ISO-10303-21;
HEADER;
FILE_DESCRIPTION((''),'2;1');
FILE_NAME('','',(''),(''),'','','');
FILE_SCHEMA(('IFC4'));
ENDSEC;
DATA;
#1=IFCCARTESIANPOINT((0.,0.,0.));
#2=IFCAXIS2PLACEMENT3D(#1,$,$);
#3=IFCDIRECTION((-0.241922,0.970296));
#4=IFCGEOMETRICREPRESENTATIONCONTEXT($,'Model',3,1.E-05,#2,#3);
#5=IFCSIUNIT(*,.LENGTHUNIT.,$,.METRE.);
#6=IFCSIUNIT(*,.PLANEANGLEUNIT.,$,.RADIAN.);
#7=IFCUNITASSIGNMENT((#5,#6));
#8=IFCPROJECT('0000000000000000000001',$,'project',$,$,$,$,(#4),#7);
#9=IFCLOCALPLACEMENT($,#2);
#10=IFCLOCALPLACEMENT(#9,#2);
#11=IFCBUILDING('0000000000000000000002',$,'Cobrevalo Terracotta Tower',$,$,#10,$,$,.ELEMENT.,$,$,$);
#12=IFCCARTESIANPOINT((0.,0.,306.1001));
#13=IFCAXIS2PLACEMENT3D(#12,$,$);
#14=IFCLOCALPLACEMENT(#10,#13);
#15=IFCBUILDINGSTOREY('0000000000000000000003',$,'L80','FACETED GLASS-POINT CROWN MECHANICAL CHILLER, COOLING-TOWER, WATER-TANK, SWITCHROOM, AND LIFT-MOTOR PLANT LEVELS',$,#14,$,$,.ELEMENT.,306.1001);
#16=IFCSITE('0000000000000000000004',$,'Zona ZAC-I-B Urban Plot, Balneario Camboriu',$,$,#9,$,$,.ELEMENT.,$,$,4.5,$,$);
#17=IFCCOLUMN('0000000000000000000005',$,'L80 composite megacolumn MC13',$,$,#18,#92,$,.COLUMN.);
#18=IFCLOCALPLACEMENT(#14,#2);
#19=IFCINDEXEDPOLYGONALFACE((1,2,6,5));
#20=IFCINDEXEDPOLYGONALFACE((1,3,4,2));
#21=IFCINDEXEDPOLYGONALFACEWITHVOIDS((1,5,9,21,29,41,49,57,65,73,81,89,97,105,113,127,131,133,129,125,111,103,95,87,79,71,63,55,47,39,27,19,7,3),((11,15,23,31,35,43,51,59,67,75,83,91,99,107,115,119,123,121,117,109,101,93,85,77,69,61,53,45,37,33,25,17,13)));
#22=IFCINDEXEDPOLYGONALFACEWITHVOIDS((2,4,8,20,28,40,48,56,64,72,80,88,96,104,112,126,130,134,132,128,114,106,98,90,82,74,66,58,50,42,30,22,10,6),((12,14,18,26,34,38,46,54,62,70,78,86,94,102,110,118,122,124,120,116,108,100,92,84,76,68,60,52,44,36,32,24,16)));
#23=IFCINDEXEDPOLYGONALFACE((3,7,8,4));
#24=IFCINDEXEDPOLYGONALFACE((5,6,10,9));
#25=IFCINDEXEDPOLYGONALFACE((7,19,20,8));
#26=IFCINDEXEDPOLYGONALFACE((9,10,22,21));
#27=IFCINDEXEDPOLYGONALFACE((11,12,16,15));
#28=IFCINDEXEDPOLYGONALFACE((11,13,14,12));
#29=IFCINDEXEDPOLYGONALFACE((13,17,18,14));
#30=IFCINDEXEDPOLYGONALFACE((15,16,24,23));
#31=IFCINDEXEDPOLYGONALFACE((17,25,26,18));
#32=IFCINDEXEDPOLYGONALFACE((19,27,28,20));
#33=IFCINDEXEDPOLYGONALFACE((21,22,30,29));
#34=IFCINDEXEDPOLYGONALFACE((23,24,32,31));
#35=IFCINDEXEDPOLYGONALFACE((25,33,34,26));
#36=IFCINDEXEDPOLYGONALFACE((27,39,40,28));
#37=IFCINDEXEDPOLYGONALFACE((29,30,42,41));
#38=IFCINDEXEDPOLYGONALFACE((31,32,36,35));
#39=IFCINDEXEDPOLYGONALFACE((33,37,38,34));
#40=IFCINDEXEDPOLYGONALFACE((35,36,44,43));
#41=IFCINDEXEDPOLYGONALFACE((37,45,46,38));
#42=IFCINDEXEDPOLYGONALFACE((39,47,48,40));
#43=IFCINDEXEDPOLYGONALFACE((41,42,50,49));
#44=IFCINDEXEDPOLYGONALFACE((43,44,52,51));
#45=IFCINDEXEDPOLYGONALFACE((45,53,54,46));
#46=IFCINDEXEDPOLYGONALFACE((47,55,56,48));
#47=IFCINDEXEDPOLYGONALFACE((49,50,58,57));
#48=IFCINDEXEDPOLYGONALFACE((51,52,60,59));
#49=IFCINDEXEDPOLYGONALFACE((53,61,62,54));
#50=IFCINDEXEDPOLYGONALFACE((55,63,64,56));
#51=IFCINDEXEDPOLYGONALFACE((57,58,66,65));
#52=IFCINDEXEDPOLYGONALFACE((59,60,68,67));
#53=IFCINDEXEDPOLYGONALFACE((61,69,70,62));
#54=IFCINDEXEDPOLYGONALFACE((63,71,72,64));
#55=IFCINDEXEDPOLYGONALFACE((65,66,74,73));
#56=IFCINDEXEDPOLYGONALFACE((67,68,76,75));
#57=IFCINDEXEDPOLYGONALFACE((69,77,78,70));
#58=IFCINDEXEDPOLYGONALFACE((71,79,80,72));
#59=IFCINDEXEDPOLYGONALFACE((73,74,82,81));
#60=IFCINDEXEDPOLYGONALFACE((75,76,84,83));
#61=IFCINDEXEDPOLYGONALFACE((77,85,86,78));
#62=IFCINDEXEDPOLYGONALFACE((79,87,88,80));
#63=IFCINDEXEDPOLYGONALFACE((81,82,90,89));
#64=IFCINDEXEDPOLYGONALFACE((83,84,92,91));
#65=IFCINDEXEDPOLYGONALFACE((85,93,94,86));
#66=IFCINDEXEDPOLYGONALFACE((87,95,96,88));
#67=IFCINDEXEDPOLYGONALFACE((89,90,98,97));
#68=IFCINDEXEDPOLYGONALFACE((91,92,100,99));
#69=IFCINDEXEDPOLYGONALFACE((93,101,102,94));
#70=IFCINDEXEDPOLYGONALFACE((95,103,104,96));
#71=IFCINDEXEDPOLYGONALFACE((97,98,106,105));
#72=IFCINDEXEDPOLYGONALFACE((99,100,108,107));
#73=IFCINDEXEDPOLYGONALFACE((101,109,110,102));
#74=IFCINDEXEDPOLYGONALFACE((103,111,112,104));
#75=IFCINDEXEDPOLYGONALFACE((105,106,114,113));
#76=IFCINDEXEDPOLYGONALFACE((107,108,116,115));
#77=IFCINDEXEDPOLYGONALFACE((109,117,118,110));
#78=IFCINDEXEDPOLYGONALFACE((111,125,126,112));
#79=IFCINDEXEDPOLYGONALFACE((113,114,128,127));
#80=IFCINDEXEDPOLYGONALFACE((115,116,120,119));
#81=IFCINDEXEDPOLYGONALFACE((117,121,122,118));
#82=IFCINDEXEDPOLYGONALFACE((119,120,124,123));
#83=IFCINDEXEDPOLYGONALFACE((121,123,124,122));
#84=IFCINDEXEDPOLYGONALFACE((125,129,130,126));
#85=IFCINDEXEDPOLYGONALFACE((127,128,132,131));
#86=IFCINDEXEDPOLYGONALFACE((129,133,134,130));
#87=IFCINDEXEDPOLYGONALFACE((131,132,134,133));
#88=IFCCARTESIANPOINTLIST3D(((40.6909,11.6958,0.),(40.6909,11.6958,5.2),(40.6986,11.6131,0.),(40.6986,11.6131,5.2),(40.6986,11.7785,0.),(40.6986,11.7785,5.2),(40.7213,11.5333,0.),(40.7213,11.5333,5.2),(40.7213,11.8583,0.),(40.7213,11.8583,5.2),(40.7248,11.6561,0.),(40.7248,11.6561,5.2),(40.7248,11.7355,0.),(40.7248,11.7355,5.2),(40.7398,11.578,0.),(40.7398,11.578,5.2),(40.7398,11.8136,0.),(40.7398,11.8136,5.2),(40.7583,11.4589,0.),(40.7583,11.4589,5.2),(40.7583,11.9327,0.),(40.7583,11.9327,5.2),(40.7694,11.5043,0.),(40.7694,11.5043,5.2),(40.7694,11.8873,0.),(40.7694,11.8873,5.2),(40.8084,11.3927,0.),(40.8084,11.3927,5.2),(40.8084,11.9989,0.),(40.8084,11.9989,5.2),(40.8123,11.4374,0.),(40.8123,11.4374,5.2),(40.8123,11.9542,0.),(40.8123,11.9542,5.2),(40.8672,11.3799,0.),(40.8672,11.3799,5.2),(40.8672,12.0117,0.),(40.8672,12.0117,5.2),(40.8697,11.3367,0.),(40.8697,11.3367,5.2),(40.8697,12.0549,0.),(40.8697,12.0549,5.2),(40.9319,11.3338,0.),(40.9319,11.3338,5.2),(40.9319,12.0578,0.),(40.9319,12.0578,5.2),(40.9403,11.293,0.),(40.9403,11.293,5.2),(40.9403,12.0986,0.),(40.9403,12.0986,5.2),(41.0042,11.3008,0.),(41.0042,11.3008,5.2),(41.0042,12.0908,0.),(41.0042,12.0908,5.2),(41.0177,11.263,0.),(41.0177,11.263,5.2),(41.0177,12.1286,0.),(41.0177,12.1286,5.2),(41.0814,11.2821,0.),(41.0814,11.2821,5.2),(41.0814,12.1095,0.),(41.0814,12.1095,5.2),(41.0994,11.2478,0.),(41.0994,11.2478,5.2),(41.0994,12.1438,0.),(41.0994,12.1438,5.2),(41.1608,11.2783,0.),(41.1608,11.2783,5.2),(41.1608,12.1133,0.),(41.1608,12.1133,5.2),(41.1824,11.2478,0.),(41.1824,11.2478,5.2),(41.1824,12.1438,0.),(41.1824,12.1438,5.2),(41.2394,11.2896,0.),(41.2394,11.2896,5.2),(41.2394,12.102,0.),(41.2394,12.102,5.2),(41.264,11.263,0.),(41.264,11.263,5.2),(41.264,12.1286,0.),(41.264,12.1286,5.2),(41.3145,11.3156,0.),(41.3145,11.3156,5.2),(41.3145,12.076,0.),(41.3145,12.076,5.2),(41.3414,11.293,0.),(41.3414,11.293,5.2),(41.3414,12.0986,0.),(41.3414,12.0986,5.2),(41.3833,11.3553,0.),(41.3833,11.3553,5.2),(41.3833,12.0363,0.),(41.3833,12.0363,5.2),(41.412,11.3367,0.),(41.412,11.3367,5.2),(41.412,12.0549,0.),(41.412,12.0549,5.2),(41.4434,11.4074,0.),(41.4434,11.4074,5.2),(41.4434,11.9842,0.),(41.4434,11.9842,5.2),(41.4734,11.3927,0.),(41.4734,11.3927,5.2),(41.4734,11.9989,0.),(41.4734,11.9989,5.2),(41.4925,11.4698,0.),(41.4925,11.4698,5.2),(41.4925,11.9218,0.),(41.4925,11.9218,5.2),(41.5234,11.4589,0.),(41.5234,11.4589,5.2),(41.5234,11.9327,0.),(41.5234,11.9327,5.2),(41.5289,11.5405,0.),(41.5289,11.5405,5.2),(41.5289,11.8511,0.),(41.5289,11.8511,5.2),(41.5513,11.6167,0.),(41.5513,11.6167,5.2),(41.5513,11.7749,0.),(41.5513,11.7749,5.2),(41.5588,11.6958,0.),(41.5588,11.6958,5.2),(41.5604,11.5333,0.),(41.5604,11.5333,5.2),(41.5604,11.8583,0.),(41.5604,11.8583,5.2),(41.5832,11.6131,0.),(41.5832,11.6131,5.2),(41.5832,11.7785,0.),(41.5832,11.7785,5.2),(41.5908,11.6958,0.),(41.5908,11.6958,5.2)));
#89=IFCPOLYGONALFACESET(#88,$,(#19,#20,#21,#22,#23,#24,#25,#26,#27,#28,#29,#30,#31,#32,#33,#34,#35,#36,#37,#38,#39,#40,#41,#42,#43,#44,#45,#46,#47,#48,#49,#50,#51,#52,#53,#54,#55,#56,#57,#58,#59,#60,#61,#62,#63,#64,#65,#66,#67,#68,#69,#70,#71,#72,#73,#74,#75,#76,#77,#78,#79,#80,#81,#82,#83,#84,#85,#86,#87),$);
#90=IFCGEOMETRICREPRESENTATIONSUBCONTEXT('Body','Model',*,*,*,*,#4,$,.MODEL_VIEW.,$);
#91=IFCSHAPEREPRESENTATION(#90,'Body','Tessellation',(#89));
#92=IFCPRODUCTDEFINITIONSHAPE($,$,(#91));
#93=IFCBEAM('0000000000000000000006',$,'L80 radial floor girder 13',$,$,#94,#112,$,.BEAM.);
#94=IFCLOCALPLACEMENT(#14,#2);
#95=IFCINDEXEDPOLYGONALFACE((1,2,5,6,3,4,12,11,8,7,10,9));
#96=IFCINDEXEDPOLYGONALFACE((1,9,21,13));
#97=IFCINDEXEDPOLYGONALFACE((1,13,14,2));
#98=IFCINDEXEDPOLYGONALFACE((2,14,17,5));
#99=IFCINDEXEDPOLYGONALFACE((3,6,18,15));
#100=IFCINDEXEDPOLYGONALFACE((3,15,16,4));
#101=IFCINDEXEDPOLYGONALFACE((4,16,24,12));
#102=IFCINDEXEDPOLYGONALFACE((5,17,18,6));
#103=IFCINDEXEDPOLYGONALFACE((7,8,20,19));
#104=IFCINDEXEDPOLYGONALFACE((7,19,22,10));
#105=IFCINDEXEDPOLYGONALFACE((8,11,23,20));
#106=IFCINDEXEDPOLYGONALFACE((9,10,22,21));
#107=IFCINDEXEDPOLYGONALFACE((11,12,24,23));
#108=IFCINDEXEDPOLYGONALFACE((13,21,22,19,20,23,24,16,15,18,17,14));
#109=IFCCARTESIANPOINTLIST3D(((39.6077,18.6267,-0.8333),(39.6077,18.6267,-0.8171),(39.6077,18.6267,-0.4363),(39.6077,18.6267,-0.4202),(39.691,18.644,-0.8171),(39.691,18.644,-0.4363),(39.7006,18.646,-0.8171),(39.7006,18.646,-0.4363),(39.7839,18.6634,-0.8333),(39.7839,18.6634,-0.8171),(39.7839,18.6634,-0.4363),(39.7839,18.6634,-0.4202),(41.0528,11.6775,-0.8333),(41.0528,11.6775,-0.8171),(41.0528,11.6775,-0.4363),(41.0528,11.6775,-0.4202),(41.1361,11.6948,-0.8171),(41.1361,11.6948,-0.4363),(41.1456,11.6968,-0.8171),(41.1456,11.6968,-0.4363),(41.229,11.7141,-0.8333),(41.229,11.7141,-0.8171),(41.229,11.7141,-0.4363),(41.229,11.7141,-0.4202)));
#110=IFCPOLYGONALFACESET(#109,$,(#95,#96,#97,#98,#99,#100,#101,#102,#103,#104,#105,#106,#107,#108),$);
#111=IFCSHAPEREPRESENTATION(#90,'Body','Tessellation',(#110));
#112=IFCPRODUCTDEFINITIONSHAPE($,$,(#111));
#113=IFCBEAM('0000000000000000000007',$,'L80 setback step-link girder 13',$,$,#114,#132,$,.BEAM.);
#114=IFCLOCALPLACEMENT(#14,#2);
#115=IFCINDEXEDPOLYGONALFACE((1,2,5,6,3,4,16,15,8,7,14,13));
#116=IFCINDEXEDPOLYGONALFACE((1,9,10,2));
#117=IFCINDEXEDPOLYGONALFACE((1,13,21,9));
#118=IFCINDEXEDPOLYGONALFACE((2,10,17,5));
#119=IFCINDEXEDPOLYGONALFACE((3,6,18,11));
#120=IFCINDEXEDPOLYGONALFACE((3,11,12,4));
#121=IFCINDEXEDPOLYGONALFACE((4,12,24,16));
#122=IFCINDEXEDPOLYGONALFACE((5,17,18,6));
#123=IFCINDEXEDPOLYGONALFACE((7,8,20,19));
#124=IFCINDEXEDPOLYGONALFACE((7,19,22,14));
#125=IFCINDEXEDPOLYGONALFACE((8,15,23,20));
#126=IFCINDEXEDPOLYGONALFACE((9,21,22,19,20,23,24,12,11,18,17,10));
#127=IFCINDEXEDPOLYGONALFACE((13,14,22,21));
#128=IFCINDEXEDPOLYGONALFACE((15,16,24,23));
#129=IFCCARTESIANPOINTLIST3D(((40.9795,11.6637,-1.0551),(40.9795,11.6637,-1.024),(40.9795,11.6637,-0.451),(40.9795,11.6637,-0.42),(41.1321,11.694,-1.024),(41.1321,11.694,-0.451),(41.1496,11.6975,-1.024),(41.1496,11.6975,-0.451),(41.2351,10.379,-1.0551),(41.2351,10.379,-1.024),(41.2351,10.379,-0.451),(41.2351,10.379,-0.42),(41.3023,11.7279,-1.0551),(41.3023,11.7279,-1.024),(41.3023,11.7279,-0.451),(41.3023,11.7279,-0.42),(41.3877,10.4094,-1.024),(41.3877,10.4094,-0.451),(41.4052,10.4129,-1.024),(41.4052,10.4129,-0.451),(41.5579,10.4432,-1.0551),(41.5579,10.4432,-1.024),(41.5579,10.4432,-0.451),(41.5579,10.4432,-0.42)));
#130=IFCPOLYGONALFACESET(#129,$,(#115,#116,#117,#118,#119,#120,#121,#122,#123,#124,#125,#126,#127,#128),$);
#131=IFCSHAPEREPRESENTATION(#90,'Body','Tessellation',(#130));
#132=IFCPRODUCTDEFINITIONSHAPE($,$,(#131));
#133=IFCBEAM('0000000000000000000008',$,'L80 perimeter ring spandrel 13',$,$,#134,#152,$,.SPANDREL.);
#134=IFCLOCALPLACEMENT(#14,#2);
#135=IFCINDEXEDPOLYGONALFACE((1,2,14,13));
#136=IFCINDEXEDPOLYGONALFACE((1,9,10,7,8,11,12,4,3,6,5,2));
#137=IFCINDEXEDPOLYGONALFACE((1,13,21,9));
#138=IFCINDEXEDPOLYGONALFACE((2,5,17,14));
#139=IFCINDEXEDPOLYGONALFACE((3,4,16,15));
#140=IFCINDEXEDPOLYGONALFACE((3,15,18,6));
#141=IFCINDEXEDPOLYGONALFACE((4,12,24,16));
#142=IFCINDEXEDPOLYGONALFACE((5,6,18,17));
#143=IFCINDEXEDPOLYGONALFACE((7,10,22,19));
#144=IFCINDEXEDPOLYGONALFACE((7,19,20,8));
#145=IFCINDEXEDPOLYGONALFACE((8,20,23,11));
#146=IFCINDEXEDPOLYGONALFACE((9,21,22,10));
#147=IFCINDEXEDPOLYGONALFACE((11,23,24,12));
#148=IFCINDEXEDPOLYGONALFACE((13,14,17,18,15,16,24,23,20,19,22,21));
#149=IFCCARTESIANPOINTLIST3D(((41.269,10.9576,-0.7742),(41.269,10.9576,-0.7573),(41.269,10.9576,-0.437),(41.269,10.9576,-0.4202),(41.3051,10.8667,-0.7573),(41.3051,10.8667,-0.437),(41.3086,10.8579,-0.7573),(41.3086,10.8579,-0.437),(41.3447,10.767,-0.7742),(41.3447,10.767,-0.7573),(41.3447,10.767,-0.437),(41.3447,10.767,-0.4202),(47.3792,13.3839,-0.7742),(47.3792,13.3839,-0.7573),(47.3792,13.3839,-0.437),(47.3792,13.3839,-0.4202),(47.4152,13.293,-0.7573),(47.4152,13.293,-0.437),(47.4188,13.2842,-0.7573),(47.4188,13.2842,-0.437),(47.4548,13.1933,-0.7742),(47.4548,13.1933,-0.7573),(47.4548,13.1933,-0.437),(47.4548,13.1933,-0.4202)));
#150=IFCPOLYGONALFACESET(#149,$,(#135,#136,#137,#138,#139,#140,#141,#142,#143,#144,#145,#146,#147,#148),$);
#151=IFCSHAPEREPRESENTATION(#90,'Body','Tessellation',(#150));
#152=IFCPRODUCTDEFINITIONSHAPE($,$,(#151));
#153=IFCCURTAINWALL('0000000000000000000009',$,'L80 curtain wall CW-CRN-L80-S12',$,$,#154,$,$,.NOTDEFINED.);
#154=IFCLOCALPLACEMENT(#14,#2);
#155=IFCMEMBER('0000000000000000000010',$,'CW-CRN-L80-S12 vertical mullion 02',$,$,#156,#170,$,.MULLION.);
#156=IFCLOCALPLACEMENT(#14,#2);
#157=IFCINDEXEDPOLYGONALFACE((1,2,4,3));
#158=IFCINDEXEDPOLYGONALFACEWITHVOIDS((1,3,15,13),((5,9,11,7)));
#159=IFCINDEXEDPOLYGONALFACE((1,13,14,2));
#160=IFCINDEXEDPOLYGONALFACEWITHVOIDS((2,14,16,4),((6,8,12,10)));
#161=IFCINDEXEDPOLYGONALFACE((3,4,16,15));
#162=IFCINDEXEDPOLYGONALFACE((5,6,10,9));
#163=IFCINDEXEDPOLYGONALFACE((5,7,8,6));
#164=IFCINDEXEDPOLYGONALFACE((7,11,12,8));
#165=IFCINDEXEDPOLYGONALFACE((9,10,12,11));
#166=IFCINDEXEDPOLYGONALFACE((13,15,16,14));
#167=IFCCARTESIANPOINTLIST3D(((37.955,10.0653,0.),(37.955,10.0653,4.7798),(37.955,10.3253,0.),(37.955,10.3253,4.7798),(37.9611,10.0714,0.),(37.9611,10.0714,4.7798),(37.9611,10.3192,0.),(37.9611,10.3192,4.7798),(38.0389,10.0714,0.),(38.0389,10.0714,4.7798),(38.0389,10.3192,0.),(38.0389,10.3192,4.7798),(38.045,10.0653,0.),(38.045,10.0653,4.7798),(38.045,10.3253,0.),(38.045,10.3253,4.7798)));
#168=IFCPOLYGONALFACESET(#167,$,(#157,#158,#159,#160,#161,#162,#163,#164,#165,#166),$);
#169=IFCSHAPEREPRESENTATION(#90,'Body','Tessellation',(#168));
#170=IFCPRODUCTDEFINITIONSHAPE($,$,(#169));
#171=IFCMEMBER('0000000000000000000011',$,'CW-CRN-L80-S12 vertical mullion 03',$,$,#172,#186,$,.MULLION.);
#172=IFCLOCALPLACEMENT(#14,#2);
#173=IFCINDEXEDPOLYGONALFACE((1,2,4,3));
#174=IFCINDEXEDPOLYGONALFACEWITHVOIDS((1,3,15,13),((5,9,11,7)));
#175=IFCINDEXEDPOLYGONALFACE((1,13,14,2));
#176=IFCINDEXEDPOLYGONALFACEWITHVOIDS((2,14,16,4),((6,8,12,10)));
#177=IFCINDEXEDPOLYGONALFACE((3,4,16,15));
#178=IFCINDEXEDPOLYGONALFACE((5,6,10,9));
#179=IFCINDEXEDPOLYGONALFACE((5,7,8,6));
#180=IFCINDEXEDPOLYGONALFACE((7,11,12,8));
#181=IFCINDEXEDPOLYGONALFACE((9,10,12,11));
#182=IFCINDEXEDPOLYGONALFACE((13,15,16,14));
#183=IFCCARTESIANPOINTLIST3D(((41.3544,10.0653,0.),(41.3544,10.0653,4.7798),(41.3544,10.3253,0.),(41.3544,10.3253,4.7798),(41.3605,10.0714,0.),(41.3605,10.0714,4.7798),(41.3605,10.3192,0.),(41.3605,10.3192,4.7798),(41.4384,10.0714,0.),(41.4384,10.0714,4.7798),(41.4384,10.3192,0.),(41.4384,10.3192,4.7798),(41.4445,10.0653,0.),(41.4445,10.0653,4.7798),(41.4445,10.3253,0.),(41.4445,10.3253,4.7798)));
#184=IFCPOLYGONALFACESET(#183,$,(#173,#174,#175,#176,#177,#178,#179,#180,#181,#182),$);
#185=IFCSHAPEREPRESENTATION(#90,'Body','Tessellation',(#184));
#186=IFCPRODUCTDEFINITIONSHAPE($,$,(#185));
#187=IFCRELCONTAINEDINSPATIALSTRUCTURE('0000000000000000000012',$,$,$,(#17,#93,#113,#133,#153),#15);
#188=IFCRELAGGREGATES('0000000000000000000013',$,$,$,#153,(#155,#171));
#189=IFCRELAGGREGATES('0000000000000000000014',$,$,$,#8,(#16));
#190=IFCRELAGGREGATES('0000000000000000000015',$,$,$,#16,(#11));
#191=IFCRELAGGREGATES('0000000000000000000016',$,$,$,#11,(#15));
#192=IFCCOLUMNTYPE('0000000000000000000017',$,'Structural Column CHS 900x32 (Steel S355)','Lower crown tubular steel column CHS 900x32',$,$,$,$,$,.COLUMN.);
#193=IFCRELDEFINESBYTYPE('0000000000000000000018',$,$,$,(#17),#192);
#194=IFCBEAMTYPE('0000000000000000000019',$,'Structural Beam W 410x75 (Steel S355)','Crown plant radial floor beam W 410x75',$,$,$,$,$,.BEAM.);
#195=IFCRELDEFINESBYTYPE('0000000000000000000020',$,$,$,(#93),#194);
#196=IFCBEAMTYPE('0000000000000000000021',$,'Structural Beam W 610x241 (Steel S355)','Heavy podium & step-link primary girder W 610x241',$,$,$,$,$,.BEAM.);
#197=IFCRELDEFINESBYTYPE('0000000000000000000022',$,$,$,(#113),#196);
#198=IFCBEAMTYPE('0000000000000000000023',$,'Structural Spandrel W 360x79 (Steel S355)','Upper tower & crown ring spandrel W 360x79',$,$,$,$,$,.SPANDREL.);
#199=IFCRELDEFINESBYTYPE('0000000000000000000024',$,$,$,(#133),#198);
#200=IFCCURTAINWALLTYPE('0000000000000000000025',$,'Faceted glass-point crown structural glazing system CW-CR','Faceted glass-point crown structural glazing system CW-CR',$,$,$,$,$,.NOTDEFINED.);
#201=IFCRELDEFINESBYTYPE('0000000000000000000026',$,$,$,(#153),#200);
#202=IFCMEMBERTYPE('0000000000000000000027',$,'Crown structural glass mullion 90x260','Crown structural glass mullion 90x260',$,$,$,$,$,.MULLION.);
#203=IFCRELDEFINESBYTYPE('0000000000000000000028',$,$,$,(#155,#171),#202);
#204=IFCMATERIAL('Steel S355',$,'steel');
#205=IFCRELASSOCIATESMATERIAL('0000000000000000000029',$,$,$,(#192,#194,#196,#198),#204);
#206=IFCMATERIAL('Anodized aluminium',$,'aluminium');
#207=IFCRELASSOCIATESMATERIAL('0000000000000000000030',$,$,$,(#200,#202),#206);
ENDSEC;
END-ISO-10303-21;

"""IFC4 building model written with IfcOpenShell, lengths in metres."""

from ifc_helpers import new_model, si_unit, direction, frame, origin, origin_2d, place, context, subcontext, project, spatial, hollow_rectangle, hollow_circle, i_section, extrude, source, transform, mapped, material, material_profile, profile_set, type_object, element, aggregate, save


model = new_model("IFC4")

# Units and contexts
model_context = context("Model", 3, precision=1e-05, world=origin(), true_north=direction((-0.241922, 0.970296)))
body_context = subcontext(model_context, "Body", "Model", "MODEL_VIEW")
ifc_project = project(units=[si_unit("LENGTHUNIT", "METRE"), si_unit("PLANEANGLEUNIT", "RADIAN")], contexts=[model_context])

# Site, building, storey
site_placement = place(None, origin())
site = spatial("IfcSite", under=ifc_project, at=site_placement, Name="Zona ZAC-I-B Urban Plot, Balneario Camboriu", CompositionType="ELEMENT", RefElevation=4.5)
building_placement = place(site_placement, origin())
building = spatial("IfcBuilding", under=site, at=building_placement, Name="Cobrevalo Terracotta Tower", CompositionType="ELEMENT")
storey_placement = place(building_placement, frame((0.0, 0.0, 306.1001)))
storey = spatial("IfcBuildingStorey", under=building, at=storey_placement, Name="L80", Description="FACETED GLASS-POINT CROWN MECHANICAL CHILLER, COOLING-TOWER, WATER-TANK, SWITCHROOM, AND LIFT-MOTOR PLANT LEVELS", CompositionType="ELEMENT", Elevation=306.1001)

# Column
ifc_material_1 = material(Name="Steel S355", Category="steel")
ifc_material_profile_1 = material_profile(ifc_material_1, hollow_circle(Radius=0.45, WallThickness=0.032, at=origin_2d()), Name="CHS 900x32")
ifc_profile_set_1 = profile_set([ifc_material_profile_1], Name="Steel S355")
column_type = type_object("IfcColumnType", Name="Structural Column CHS 900x32 (Steel S355)", Description="Lower crown tubular steel column CHS 900x32", PredefinedType="COLUMN", material=ifc_profile_set_1)
column_placement = place(storey_placement, frame((41.1409, 11.6958, 0.0), z_axis=(0.0, 0.0, 1.0), x_axis=(1.0, 0.0, 0.0)))
element("IfcColumn", 1, at=column_placement, inside=storey, type_object=column_type, Name="L80 composite megacolumn MC13", PredefinedType="COLUMN", context=body_context, shape_type="SweptSolid", body=[
    extrude(hollow_circle(Radius=0.45, WallThickness=0.032, at=origin_2d()), origin(), (0.0, 0.0, 1.0), 5.2),
])

# Beams
ifc_material_profile_2 = material_profile(ifc_material_1, i_section(OverallWidth=0.1799, OverallDepth=0.4131, WebThickness=0.0098, FlangeThickness=0.0161, at=origin_2d()), Name="W 410x75")
ifc_profile_set_2 = profile_set([ifc_material_profile_2], Name="Steel S355")
beam_type_1 = type_object("IfcBeamType", Name="Structural Beam W 410x75 (Steel S355)", Description="Crown plant radial floor beam W 410x75", PredefinedType="BEAM", material=ifc_profile_set_2)
beam_1_placement = place(storey_placement, frame((41.1409, 11.6958, -0.6267), z_axis=(-0.203592, 0.979056, 0.0), x_axis=(-0.979056, -0.203592, 0.0)))
element("IfcBeam", 2, at=beam_1_placement, inside=storey, type_object=beam_type_1, Name="L80 radial floor girder 13", PredefinedType="BEAM", context=body_context, shape_type="SweptSolid", body=[
    extrude(i_section(OverallWidth=0.1799, OverallDepth=0.4131, WebThickness=0.0098, FlangeThickness=0.0161, at=origin_2d()), origin(), (0.0, 0.0, 1.0), 7.0979),
])
ifc_material_profile_3 = material_profile(ifc_material_1, i_section(OverallWidth=0.3291, OverallDepth=0.635, WebThickness=0.0178, FlangeThickness=0.031, at=origin_2d()), Name="W 610x241")
ifc_profile_set_3 = profile_set([ifc_material_profile_3], Name="Steel S355")
beam_type_2 = type_object("IfcBeamType", Name="Structural Beam W 610x241 (Steel S355)", Description="Heavy podium & step-link primary girder W 610x241", PredefinedType="BEAM", material=ifc_profile_set_3)
beam_2_placement = place(storey_placement, frame((41.3965, 10.4111, -0.7375), z_axis=(-0.195148, 0.980774, 0.0), x_axis=(-0.980774, -0.195148, 0.0)))
element("IfcBeam", 3, at=beam_2_placement, inside=storey, type_object=beam_type_2, Name="L80 setback step-link girder 13", PredefinedType="BEAM", context=body_context, shape_type="SweptSolid", body=[
    extrude(i_section(OverallWidth=0.3291, OverallDepth=0.635, WebThickness=0.0178, FlangeThickness=0.031, at=origin_2d()), origin(), (0.0, 0.0, 1.0), 1.3098),
])
ifc_material_profile_4 = material_profile(ifc_material_1, i_section(OverallWidth=0.2051, OverallDepth=0.354, WebThickness=0.0095, FlangeThickness=0.0168, at=origin_2d()), Name="W 360x79")
ifc_profile_set_4 = profile_set([ifc_material_profile_4], Name="Steel S355")
beam_type_3 = type_object("IfcBeamType", Name="Structural Spandrel W 360x79 (Steel S355)", Description="Upper tower & crown ring spandrel W 360x79", PredefinedType="SPANDREL", material=ifc_profile_set_4)
beam_3_placement = place(storey_placement, frame((41.3069, 10.8623, -0.5972), z_axis=(0.929406, 0.369059, 0.0), x_axis=(-0.369059, 0.929406, 0.0)))
element("IfcBeam", 4, at=beam_3_placement, inside=storey, type_object=beam_type_3, Name="L80 perimeter ring spandrel 13", PredefinedType="SPANDREL", context=body_context, shape_type="SweptSolid", body=[
    extrude(i_section(OverallWidth=0.2051, OverallDepth=0.354, WebThickness=0.0095, FlangeThickness=0.0168, at=origin_2d()), origin(), (0.0, 0.0, 1.0), 6.5742),
])

# Curtain wall, members
ifc_material_2 = material(Name="Anodized aluminium", Category="aluminium")
curtain_wall_type = type_object("IfcCurtainWallType", Name="Faceted glass-point crown structural glazing system CW-CR", Description="Faceted glass-point crown structural glazing system CW-CR", PredefinedType="NOTDEFINED", material=ifc_material_2)
curtain_wall_1_placement = place(storey_placement, origin())
curtain_wall_1 = element("IfcCurtainWall", 5, at=curtain_wall_1_placement, inside=storey, type_object=curtain_wall_type, Name="L80 curtain wall CW-CRN-L80-S12", PredefinedType="NOTDEFINED")
ifc_material_profile_5 = material_profile(ifc_material_2, hollow_rectangle(XDim=0.0901, YDim=0.26, WallThickness=0.0061, at=origin_2d()), Name="CWM 90x260")
ifc_profile_set_5 = profile_set([ifc_material_profile_5], Name="Anodized aluminium")
member_type_1 = type_object("IfcMemberType", Name="Crown structural glass mullion 90x260", Description="Crown structural glass mullion 90x260", PredefinedType="MULLION", material=ifc_profile_set_5)
shared_shape_1 = source(origin(), body_context, "Body", "SweptSolid", [
    extrude(hollow_rectangle(XDim=0.0901, YDim=0.26, WallThickness=0.0061, at=origin_2d()), origin(), (0.0, 0.0, 1.0), 4.7798),
])
member_1_placement = place(storey_placement, frame((38.0, 10.1953, 0.0), z_axis=(0.0, 0.0, 1.0), x_axis=(1.0, 0.0, 0.0)))
member_1 = element("IfcMember", 6, at=member_1_placement, type_object=member_type_1, Name="CW-CRN-L80-S12 vertical mullion 02", PredefinedType="MULLION", context=body_context, shape_type="MappedRepresentation", body=[
    mapped(shared_shape_1, transform((0.0, 0.0, 0.0), scale=1.0)),
])
member_2_placement = place(storey_placement, frame((41.3994, 10.1953, 0.0), z_axis=(0.0, 0.0, 1.0), x_axis=(1.0, 0.0, 0.0)))
member_2 = element("IfcMember", 7, at=member_2_placement, type_object=member_type_1, Name="CW-CRN-L80-S12 vertical mullion 03", PredefinedType="MULLION", context=body_context, shape_type="MappedRepresentation", body=[
    mapped(shared_shape_1, transform((0.0, 0.0, 0.0), scale=1.0)),
])

aggregate(curtain_wall_1, [member_1, member_2])

save(model, "model.ifc")
